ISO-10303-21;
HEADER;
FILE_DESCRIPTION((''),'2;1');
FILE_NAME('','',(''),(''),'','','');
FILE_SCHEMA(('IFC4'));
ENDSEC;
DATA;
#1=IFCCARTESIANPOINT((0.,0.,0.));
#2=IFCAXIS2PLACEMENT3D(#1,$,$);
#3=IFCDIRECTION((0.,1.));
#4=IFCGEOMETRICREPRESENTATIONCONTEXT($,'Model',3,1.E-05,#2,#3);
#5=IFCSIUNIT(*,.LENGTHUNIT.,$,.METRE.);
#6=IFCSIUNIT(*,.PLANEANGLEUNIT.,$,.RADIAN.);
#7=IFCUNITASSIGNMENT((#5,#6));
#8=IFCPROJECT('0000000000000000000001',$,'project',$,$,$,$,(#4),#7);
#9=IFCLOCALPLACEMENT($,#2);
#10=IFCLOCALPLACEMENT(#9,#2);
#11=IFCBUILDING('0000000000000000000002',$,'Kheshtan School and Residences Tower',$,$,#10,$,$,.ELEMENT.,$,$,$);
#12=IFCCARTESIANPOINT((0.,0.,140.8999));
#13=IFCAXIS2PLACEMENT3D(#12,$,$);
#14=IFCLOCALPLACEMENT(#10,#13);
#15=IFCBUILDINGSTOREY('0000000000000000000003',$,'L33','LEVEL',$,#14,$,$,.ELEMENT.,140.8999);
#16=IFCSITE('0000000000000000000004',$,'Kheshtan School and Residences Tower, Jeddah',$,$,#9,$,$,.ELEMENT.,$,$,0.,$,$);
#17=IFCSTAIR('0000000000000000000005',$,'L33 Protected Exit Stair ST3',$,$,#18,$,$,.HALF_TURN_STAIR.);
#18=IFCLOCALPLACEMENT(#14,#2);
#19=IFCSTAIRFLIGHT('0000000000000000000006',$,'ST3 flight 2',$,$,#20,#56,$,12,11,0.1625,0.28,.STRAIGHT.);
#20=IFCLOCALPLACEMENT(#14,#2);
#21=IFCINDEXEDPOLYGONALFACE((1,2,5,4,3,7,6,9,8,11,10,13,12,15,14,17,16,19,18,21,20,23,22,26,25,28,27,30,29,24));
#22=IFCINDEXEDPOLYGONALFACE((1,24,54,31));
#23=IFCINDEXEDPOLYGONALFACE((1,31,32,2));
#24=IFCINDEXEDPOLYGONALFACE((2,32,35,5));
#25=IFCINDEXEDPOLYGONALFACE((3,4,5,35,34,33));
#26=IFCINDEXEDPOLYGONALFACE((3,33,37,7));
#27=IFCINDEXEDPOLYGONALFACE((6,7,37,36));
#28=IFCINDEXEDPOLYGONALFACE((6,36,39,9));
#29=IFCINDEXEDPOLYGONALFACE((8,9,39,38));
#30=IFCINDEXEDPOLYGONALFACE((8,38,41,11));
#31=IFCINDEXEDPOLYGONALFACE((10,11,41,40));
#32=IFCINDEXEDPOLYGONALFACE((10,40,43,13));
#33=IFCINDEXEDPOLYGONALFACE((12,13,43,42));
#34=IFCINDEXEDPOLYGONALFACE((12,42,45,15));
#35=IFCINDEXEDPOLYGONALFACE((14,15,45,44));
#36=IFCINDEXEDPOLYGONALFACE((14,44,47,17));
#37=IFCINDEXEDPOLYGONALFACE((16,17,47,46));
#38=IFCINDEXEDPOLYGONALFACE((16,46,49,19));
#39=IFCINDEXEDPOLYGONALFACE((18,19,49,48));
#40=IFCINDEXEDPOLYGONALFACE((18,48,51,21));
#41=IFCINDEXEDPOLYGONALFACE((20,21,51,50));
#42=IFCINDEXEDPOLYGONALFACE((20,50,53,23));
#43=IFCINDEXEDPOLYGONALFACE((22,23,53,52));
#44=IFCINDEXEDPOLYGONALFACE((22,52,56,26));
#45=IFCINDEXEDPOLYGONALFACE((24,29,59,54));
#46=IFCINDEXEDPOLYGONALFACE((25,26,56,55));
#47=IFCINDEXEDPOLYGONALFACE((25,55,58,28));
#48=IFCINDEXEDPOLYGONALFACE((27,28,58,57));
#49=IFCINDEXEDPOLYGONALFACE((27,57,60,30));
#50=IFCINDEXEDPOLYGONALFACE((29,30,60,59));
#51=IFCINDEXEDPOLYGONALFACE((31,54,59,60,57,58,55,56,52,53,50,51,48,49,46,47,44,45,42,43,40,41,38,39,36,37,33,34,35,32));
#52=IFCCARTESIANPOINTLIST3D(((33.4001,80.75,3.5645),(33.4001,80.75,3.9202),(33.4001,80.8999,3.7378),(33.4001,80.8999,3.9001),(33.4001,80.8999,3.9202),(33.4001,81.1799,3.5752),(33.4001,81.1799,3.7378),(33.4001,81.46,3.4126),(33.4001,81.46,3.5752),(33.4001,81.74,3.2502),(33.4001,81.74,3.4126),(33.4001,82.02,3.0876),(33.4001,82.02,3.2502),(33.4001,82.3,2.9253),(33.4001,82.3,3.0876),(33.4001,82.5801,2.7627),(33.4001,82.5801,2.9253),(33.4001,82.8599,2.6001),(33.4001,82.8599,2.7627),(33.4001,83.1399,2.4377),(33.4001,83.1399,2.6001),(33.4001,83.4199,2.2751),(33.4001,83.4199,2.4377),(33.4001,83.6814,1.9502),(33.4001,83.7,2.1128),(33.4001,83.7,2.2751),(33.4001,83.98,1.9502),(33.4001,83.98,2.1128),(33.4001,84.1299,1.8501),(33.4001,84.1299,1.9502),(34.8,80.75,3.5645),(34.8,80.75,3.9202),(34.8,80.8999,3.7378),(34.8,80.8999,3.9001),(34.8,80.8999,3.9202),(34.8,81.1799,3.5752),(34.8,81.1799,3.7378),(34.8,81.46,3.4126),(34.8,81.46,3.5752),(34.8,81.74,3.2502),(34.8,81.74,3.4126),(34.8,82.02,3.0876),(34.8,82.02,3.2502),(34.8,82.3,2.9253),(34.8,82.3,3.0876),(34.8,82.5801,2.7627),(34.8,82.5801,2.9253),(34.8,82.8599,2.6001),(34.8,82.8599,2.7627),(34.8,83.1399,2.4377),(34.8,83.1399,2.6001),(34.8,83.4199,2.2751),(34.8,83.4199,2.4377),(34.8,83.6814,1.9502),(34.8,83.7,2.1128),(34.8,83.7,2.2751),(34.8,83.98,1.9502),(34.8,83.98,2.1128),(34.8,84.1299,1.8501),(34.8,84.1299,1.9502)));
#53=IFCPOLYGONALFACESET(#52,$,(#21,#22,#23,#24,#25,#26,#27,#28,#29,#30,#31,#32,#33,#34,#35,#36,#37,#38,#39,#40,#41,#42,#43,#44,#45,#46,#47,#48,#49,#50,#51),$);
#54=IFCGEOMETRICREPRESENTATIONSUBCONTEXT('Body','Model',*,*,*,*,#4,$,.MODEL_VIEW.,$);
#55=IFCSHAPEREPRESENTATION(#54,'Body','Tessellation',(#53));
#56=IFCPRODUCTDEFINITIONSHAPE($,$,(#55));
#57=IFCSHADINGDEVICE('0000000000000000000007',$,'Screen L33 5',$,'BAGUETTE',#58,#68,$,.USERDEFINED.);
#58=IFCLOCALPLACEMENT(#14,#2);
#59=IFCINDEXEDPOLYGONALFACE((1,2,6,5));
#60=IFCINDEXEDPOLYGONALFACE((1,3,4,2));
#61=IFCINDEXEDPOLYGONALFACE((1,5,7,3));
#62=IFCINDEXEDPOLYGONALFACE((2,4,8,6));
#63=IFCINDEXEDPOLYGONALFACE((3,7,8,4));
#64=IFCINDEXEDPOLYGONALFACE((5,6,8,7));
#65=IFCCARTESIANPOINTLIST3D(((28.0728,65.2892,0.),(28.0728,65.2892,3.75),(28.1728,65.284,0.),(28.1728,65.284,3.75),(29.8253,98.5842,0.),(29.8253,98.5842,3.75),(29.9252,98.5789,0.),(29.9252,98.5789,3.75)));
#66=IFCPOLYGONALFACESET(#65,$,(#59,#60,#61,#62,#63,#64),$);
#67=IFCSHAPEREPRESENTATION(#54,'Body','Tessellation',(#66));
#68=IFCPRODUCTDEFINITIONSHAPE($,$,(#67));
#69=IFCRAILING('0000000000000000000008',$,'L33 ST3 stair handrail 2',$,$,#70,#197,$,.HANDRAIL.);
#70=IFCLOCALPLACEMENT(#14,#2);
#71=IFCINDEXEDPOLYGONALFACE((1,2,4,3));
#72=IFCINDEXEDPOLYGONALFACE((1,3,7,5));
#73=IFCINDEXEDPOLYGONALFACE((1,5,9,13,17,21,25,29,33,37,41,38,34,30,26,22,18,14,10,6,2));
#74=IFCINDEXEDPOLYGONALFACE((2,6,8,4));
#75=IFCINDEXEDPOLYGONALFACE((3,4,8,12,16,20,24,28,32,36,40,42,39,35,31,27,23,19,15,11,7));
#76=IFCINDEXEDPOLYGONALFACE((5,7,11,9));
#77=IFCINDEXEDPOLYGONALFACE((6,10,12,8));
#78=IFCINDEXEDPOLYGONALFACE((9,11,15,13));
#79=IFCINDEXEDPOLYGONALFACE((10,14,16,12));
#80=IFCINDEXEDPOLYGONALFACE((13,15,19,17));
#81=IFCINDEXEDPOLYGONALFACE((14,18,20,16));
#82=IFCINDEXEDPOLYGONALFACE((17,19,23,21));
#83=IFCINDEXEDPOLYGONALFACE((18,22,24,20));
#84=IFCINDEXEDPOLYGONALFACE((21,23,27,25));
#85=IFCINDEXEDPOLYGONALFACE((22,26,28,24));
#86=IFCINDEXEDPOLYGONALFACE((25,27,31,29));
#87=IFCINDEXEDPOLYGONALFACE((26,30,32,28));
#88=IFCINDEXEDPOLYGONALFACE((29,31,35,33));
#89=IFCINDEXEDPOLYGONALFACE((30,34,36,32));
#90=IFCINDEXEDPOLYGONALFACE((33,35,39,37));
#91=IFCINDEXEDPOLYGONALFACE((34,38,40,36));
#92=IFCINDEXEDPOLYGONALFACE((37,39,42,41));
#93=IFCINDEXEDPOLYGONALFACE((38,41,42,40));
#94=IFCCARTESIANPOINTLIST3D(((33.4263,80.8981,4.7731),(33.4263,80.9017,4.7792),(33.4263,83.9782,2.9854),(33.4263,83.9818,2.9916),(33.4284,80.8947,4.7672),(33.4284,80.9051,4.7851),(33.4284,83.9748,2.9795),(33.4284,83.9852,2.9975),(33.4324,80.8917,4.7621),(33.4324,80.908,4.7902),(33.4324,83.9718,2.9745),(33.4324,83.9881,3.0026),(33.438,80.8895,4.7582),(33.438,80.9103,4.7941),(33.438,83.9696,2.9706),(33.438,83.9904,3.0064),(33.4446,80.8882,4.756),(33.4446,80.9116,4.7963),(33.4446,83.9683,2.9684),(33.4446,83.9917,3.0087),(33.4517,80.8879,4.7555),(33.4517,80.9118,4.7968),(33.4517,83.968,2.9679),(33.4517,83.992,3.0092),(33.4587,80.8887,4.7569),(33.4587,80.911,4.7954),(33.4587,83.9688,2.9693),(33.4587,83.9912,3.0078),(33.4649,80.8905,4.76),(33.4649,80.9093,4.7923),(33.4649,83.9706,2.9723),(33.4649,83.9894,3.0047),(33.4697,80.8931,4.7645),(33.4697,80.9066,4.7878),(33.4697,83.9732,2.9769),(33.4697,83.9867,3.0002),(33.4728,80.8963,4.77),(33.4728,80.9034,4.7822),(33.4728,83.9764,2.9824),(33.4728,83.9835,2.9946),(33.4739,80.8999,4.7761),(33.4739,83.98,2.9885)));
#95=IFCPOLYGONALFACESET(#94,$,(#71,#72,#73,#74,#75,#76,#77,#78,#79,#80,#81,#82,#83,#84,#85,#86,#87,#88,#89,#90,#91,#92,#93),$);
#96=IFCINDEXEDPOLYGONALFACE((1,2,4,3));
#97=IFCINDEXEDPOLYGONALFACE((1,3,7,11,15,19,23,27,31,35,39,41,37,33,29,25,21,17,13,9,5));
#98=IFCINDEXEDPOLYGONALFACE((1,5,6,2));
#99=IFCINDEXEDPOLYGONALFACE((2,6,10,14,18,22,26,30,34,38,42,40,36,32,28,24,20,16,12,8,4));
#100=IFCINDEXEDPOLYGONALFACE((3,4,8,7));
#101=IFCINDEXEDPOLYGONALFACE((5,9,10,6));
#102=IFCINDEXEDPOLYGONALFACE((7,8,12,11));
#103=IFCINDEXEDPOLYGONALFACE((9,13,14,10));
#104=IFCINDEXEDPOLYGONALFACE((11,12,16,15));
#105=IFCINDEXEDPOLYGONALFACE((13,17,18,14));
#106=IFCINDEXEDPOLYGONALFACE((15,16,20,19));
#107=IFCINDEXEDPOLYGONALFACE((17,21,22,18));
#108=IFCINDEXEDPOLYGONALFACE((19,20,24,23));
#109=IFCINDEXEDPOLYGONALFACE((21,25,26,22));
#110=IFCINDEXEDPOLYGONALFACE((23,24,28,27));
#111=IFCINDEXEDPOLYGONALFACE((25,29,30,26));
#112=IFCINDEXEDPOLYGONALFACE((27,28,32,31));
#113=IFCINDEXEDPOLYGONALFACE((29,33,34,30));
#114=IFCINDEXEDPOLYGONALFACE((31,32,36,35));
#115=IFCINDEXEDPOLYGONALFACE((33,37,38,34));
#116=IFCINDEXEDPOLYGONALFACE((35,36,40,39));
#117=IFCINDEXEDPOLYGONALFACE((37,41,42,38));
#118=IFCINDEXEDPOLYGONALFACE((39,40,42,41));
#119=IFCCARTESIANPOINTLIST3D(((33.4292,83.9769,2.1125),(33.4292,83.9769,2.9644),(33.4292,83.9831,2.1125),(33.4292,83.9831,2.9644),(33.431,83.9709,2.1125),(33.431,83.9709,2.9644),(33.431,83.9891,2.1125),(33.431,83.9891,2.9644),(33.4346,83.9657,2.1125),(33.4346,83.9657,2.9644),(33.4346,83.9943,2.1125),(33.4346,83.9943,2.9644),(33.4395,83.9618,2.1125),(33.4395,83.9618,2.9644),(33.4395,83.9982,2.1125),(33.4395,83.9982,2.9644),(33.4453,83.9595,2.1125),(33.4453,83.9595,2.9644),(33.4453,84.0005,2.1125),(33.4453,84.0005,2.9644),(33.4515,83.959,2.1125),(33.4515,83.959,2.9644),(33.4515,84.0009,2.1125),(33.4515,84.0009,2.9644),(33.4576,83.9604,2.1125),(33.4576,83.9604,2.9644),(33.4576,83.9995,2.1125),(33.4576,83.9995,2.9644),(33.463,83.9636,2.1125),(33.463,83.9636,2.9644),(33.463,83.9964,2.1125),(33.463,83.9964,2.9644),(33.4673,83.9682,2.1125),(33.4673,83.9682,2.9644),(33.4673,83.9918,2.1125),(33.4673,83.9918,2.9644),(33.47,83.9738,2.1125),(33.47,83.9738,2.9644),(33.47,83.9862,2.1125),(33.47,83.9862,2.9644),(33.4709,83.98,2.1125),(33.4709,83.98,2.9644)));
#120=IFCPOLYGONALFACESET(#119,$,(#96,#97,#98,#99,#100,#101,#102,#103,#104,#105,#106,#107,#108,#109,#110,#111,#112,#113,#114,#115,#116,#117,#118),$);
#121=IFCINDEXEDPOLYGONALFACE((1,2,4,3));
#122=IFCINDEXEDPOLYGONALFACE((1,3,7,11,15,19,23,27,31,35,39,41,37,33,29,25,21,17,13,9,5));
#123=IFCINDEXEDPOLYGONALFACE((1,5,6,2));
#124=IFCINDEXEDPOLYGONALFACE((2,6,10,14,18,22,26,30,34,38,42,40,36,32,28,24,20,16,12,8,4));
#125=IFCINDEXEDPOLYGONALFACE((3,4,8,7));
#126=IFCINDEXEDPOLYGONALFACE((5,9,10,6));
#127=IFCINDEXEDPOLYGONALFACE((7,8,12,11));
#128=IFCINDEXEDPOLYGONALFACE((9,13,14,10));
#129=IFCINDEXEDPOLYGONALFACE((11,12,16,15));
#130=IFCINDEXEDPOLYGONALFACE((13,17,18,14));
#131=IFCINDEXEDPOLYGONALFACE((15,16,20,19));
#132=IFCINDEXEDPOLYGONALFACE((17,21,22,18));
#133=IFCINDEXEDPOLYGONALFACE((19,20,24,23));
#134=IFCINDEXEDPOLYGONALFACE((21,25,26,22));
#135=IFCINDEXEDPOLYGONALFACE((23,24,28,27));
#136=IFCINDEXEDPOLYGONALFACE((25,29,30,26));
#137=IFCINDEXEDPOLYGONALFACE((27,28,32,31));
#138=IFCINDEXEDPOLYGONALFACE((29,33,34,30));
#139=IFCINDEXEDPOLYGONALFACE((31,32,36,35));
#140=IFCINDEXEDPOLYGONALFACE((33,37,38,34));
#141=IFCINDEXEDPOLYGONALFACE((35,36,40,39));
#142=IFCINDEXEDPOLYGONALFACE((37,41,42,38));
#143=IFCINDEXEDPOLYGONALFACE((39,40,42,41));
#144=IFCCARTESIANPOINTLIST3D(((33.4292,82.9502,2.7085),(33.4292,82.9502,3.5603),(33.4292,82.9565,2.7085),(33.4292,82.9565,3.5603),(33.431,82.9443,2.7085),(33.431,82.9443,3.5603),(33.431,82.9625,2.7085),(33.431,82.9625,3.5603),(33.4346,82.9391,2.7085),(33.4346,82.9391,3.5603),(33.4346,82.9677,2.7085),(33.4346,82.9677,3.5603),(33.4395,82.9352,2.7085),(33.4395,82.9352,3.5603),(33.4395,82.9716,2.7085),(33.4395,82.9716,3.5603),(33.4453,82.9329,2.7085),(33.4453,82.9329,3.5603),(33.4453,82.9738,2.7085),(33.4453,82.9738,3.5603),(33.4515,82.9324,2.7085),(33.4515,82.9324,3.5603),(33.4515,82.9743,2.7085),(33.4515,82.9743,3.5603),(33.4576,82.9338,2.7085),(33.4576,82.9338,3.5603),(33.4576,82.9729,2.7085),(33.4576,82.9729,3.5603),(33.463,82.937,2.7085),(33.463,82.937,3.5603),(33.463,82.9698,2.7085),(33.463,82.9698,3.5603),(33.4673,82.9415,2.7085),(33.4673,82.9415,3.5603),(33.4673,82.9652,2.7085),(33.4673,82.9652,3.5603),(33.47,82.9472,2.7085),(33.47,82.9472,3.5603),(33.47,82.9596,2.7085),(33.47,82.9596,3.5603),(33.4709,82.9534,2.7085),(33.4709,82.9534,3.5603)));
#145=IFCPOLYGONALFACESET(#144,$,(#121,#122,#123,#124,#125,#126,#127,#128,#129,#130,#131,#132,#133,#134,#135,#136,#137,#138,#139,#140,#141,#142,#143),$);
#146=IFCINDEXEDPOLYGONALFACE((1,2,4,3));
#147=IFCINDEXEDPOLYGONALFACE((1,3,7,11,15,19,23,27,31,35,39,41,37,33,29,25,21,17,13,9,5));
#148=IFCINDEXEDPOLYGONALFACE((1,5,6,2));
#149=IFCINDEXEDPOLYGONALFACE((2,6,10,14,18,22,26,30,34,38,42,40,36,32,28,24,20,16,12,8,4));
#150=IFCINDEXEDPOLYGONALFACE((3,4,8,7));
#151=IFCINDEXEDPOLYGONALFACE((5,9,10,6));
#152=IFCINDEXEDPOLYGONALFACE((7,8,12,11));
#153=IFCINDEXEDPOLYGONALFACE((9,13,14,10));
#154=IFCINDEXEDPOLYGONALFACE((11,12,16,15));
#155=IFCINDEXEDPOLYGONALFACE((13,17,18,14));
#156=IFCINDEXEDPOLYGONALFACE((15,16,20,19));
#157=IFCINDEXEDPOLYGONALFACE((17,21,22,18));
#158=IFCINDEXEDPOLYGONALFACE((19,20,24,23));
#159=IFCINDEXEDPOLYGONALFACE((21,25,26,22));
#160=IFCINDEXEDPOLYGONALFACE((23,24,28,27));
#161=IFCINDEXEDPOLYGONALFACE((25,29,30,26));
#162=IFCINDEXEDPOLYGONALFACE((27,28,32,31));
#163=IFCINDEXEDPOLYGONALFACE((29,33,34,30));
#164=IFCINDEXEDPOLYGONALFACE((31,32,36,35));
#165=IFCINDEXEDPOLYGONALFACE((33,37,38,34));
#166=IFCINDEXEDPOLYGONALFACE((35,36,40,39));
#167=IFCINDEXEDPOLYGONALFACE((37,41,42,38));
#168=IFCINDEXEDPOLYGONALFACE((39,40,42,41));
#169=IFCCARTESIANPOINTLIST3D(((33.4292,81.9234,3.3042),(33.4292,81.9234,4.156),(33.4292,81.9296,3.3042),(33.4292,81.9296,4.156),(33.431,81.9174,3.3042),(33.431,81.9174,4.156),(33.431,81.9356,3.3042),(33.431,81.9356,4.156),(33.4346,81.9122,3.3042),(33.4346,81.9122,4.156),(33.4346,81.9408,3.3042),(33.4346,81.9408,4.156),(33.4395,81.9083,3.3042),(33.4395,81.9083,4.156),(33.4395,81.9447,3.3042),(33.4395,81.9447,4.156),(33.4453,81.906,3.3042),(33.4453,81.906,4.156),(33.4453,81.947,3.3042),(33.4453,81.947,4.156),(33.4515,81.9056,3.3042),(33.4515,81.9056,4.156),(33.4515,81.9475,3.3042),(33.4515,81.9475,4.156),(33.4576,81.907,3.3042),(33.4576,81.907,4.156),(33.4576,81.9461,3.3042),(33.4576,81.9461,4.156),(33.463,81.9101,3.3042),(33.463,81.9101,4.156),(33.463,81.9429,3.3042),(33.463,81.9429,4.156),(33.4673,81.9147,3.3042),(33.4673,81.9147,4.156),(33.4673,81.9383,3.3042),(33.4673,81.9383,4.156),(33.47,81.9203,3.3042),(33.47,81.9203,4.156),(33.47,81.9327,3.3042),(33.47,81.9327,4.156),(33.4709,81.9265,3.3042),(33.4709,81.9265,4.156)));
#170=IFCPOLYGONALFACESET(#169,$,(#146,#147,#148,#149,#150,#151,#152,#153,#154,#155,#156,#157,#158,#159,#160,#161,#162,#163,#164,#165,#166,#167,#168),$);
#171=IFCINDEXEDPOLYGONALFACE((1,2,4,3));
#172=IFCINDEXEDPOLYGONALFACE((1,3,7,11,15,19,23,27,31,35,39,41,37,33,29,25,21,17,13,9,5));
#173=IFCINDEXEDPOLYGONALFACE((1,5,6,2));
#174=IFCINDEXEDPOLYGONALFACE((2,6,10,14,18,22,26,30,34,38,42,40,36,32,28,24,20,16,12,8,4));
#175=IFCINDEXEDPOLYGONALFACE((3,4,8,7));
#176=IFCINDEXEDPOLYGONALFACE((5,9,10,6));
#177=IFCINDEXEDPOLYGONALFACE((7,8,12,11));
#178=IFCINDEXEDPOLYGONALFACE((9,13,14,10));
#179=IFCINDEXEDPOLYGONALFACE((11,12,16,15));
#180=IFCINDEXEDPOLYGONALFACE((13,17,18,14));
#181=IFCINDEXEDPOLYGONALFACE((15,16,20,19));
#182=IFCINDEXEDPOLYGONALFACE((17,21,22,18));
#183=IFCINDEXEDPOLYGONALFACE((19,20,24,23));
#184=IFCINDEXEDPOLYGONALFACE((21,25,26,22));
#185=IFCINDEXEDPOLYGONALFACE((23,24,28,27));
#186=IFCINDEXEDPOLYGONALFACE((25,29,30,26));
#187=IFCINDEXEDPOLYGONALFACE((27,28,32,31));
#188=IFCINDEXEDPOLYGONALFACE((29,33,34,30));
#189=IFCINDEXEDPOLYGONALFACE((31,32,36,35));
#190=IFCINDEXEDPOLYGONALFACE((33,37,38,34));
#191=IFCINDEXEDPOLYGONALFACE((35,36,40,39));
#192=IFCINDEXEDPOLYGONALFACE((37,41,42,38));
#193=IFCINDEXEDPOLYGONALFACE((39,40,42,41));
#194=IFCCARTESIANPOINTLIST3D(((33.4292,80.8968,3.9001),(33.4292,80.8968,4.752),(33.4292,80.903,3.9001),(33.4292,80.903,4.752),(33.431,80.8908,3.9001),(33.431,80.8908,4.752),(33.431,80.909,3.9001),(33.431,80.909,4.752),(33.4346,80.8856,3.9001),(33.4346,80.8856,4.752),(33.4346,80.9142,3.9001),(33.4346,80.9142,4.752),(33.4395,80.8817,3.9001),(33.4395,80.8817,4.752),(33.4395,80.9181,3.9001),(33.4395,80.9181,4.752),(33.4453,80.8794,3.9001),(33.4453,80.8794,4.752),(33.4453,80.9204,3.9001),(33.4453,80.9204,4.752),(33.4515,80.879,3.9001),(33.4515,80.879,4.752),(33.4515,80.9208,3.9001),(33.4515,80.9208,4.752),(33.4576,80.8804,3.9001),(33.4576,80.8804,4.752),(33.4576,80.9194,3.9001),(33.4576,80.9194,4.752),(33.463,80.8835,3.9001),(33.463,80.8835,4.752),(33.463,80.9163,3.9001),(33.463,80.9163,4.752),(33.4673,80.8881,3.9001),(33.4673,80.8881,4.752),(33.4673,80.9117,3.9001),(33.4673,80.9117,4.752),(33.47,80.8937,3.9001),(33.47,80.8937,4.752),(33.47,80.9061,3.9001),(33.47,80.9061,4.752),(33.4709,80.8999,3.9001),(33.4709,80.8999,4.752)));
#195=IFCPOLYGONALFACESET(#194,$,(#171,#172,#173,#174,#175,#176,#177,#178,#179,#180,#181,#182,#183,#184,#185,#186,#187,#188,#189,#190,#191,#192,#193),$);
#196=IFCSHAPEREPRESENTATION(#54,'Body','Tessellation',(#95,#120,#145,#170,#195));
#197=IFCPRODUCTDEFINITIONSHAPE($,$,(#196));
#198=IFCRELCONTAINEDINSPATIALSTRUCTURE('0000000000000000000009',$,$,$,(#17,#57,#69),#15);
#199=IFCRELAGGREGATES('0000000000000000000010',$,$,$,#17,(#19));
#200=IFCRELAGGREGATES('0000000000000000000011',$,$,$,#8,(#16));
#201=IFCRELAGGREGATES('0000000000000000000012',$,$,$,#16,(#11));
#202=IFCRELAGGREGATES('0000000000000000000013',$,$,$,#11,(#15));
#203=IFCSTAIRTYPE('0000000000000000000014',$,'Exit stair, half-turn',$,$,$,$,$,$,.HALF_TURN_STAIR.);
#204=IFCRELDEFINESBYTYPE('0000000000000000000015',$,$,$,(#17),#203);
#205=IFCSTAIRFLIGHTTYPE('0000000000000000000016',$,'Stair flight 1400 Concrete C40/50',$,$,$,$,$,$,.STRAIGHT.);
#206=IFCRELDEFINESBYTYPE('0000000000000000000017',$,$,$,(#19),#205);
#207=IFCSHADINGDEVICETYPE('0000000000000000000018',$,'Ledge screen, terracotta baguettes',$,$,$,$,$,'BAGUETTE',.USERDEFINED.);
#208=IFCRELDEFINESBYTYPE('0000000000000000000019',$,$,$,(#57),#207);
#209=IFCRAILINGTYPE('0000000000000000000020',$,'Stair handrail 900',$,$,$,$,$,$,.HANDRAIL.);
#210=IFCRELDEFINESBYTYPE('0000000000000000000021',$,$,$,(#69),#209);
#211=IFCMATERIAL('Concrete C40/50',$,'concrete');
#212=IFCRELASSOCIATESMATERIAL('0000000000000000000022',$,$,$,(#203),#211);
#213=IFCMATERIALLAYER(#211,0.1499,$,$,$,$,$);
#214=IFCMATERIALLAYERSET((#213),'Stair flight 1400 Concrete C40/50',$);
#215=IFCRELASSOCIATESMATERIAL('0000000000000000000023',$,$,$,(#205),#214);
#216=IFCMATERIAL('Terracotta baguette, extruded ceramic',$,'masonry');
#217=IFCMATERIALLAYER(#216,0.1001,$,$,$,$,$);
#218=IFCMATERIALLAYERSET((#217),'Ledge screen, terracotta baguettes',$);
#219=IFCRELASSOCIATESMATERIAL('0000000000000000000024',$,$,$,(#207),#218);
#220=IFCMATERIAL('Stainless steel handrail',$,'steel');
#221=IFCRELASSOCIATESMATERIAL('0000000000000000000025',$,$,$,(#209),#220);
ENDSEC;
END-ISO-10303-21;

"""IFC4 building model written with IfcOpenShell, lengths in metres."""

from ifc_helpers import new_model, si_unit, direction, frame, origin, origin_2d, place, context, subcontext, project, spatial, polyline, rectangle, circle, outline, extrude, material, layer, layer_set, type_object, element, aggregate, save


model = new_model("IFC4")

# Units and contexts
model_context = context("Model", 3, precision=1e-05, world=origin(), true_north=direction((0.0, 1.0)))
body_context = subcontext(model_context, "Body", "Model", "MODEL_VIEW")
ifc_project = project(units=[si_unit("LENGTHUNIT", "METRE"), si_unit("PLANEANGLEUNIT", "RADIAN")], contexts=[model_context])

# Site, building, storey
site_placement = place(None, origin())
site = spatial("IfcSite", under=ifc_project, at=site_placement, Name="Kheshtan School and Residences Tower, Jeddah", CompositionType="ELEMENT", RefElevation=0.0)
building_placement = place(site_placement, origin())
building = spatial("IfcBuilding", under=site, at=building_placement, Name="Kheshtan School and Residences Tower", CompositionType="ELEMENT")
storey_placement = place(building_placement, frame((0.0, 0.0, 140.8999)))
storey = spatial("IfcBuildingStorey", under=building, at=storey_placement, Name="L33", Description="LEVEL", CompositionType="ELEMENT", Elevation=140.8999)

# Shared definitions
ifc_material_1 = material(Name="Concrete C40/50", Category="concrete")

# Stair, stair flight
stair_type = type_object("IfcStairType", Name="Exit stair, half-turn", PredefinedType="HALF_TURN_STAIR", material=ifc_material_1)
stair_placement = place(storey_placement, origin())
stair = element("IfcStair", 1, at=stair_placement, inside=storey, type_object=stair_type, Name="L33 Protected Exit Stair ST3", PredefinedType="HALF_TURN_STAIR")
ifc_layer_1 = layer(ifc_material_1, 0.1499)
ifc_layer_set_1 = layer_set([ifc_layer_1], Name="Stair flight 1400 Concrete C40/50")
stair_flight_type = type_object("IfcStairFlightType", Name="Stair flight 1400 Concrete C40/50", PredefinedType="STRAIGHT", material=ifc_layer_set_1)
stair_flight_placement = place(storey_placement, frame((34.1001, 83.98, 1.9502), z_axis=(0.0, 0.0, 1.0), x_axis=(0.0, -1.0, 0.0)))
stair_flight = element("IfcStairFlight", 2, at=stair_flight_placement, type_object=stair_flight_type, Name="ST3 flight 2", NumberOfRisers=12, NumberOfTreads=11, PredefinedType="STRAIGHT", RiserHeight=0.1625, TreadLength=0.28, context=body_context, shape_type="SweptSolid", body=[
    extrude(outline(polyline([(-0.1499, -0.1001), (-0.1499, 0.0), (0.0, 0.0), (0.0, 0.1626), (0.28, 0.1626), (0.28, 0.325), (0.5601, 0.325), (0.5601, 0.4875), (0.8401, 0.4875), (0.8401, 0.6499), (1.1201, 0.6499), (1.1201, 0.8125), (1.3999, 0.8125), (1.3999, 0.9751), (1.6799, 0.9751), (1.6799, 1.1375), (1.96, 1.1375), (1.96, 1.3), (2.24, 1.3), (2.24, 1.4624), (2.52, 1.4624), (2.52, 1.625), (2.8, 1.625), (2.8, 1.7876), (3.0801, 1.7876), (3.0801, 1.95), (3.0801, 1.97), (3.23, 1.97), (3.23, 1.6143), (0.2986, 0.0), (-0.1499, -0.1001)])), frame((0.0, 0.7, 0.0), z_axis=(0.0, -1.0, 0.0), x_axis=(1.0, 0.0, 0.0)), (0.0, 0.0, 1.0), 1.3999),
])
aggregate(stair, [stair_flight])

# Shading device
ifc_material_2 = material(Name="Terracotta baguette, extruded ceramic", Category="masonry")
ifc_layer_2 = layer(ifc_material_2, 0.1001)
ifc_layer_set_2 = layer_set([ifc_layer_2], Name="Ledge screen, terracotta baguettes")
shading_device_type = type_object("IfcShadingDeviceType", Name="Ledge screen, terracotta baguettes", ElementType="BAGUETTE", PredefinedType="USERDEFINED", material=ifc_layer_set_2)
shading_device_placement = place(storey_placement, frame((28.999, 81.9341, 0.0), z_axis=(0.0, 0.0, 1.0), x_axis=(0.052563, 0.998618, 0.0)))
element("IfcShadingDevice", 3, at=shading_device_placement, inside=storey, type_object=shading_device_type, Name="Screen L33 5", ObjectType="BAGUETTE", PredefinedType="USERDEFINED", context=body_context, shape_type="SweptSolid", body=[
    extrude(rectangle(XDim=33.3411, YDim=0.1001, at=origin_2d()), origin(), (0.0, 0.0, 1.0), 3.75),
])

# Railing
ifc_material_3 = material(Name="Stainless steel handrail", Category="steel")
railing_type = type_object("IfcRailingType", Name="Stair handrail 900", PredefinedType="HANDRAIL", material=ifc_material_3)
railing_placement = place(storey_placement, frame((33.45, 83.98, 2.1125)))
element("IfcRailing", 4, at=railing_placement, inside=storey, type_object=railing_type, Name="L33 ST3 stair handrail 2", PredefinedType="HANDRAIL", context=body_context, shape_type="SweptSolid", body=[
    extrude(circle(Radius=0.0239, at=origin_2d()), frame((0.0, 0.0, 0.876), z_axis=(0.0, -0.864891, 0.50196), x_axis=(1.0, 0.0, 0.0)), (0.0, 0.0, 1.0), 3.5613),
    extrude(circle(Radius=0.021, at=origin_2d()), origin(), (0.0, 0.0, 1.0), 0.8518),
    extrude(circle(Radius=0.021, at=origin_2d()), frame((0.0, -1.0266, 0.5959)), (0.0, 0.0, 1.0), 0.8518),
    extrude(circle(Radius=0.021, at=origin_2d()), frame((0.0, -2.0535, 1.1917)), (0.0, 0.0, 1.0), 0.8518),
    extrude(circle(Radius=0.021, at=origin_2d()), frame((0.0, -3.0801, 1.7876)), (0.0, 0.0, 1.0), 0.8518),
])

save(model, "model.ifc")
